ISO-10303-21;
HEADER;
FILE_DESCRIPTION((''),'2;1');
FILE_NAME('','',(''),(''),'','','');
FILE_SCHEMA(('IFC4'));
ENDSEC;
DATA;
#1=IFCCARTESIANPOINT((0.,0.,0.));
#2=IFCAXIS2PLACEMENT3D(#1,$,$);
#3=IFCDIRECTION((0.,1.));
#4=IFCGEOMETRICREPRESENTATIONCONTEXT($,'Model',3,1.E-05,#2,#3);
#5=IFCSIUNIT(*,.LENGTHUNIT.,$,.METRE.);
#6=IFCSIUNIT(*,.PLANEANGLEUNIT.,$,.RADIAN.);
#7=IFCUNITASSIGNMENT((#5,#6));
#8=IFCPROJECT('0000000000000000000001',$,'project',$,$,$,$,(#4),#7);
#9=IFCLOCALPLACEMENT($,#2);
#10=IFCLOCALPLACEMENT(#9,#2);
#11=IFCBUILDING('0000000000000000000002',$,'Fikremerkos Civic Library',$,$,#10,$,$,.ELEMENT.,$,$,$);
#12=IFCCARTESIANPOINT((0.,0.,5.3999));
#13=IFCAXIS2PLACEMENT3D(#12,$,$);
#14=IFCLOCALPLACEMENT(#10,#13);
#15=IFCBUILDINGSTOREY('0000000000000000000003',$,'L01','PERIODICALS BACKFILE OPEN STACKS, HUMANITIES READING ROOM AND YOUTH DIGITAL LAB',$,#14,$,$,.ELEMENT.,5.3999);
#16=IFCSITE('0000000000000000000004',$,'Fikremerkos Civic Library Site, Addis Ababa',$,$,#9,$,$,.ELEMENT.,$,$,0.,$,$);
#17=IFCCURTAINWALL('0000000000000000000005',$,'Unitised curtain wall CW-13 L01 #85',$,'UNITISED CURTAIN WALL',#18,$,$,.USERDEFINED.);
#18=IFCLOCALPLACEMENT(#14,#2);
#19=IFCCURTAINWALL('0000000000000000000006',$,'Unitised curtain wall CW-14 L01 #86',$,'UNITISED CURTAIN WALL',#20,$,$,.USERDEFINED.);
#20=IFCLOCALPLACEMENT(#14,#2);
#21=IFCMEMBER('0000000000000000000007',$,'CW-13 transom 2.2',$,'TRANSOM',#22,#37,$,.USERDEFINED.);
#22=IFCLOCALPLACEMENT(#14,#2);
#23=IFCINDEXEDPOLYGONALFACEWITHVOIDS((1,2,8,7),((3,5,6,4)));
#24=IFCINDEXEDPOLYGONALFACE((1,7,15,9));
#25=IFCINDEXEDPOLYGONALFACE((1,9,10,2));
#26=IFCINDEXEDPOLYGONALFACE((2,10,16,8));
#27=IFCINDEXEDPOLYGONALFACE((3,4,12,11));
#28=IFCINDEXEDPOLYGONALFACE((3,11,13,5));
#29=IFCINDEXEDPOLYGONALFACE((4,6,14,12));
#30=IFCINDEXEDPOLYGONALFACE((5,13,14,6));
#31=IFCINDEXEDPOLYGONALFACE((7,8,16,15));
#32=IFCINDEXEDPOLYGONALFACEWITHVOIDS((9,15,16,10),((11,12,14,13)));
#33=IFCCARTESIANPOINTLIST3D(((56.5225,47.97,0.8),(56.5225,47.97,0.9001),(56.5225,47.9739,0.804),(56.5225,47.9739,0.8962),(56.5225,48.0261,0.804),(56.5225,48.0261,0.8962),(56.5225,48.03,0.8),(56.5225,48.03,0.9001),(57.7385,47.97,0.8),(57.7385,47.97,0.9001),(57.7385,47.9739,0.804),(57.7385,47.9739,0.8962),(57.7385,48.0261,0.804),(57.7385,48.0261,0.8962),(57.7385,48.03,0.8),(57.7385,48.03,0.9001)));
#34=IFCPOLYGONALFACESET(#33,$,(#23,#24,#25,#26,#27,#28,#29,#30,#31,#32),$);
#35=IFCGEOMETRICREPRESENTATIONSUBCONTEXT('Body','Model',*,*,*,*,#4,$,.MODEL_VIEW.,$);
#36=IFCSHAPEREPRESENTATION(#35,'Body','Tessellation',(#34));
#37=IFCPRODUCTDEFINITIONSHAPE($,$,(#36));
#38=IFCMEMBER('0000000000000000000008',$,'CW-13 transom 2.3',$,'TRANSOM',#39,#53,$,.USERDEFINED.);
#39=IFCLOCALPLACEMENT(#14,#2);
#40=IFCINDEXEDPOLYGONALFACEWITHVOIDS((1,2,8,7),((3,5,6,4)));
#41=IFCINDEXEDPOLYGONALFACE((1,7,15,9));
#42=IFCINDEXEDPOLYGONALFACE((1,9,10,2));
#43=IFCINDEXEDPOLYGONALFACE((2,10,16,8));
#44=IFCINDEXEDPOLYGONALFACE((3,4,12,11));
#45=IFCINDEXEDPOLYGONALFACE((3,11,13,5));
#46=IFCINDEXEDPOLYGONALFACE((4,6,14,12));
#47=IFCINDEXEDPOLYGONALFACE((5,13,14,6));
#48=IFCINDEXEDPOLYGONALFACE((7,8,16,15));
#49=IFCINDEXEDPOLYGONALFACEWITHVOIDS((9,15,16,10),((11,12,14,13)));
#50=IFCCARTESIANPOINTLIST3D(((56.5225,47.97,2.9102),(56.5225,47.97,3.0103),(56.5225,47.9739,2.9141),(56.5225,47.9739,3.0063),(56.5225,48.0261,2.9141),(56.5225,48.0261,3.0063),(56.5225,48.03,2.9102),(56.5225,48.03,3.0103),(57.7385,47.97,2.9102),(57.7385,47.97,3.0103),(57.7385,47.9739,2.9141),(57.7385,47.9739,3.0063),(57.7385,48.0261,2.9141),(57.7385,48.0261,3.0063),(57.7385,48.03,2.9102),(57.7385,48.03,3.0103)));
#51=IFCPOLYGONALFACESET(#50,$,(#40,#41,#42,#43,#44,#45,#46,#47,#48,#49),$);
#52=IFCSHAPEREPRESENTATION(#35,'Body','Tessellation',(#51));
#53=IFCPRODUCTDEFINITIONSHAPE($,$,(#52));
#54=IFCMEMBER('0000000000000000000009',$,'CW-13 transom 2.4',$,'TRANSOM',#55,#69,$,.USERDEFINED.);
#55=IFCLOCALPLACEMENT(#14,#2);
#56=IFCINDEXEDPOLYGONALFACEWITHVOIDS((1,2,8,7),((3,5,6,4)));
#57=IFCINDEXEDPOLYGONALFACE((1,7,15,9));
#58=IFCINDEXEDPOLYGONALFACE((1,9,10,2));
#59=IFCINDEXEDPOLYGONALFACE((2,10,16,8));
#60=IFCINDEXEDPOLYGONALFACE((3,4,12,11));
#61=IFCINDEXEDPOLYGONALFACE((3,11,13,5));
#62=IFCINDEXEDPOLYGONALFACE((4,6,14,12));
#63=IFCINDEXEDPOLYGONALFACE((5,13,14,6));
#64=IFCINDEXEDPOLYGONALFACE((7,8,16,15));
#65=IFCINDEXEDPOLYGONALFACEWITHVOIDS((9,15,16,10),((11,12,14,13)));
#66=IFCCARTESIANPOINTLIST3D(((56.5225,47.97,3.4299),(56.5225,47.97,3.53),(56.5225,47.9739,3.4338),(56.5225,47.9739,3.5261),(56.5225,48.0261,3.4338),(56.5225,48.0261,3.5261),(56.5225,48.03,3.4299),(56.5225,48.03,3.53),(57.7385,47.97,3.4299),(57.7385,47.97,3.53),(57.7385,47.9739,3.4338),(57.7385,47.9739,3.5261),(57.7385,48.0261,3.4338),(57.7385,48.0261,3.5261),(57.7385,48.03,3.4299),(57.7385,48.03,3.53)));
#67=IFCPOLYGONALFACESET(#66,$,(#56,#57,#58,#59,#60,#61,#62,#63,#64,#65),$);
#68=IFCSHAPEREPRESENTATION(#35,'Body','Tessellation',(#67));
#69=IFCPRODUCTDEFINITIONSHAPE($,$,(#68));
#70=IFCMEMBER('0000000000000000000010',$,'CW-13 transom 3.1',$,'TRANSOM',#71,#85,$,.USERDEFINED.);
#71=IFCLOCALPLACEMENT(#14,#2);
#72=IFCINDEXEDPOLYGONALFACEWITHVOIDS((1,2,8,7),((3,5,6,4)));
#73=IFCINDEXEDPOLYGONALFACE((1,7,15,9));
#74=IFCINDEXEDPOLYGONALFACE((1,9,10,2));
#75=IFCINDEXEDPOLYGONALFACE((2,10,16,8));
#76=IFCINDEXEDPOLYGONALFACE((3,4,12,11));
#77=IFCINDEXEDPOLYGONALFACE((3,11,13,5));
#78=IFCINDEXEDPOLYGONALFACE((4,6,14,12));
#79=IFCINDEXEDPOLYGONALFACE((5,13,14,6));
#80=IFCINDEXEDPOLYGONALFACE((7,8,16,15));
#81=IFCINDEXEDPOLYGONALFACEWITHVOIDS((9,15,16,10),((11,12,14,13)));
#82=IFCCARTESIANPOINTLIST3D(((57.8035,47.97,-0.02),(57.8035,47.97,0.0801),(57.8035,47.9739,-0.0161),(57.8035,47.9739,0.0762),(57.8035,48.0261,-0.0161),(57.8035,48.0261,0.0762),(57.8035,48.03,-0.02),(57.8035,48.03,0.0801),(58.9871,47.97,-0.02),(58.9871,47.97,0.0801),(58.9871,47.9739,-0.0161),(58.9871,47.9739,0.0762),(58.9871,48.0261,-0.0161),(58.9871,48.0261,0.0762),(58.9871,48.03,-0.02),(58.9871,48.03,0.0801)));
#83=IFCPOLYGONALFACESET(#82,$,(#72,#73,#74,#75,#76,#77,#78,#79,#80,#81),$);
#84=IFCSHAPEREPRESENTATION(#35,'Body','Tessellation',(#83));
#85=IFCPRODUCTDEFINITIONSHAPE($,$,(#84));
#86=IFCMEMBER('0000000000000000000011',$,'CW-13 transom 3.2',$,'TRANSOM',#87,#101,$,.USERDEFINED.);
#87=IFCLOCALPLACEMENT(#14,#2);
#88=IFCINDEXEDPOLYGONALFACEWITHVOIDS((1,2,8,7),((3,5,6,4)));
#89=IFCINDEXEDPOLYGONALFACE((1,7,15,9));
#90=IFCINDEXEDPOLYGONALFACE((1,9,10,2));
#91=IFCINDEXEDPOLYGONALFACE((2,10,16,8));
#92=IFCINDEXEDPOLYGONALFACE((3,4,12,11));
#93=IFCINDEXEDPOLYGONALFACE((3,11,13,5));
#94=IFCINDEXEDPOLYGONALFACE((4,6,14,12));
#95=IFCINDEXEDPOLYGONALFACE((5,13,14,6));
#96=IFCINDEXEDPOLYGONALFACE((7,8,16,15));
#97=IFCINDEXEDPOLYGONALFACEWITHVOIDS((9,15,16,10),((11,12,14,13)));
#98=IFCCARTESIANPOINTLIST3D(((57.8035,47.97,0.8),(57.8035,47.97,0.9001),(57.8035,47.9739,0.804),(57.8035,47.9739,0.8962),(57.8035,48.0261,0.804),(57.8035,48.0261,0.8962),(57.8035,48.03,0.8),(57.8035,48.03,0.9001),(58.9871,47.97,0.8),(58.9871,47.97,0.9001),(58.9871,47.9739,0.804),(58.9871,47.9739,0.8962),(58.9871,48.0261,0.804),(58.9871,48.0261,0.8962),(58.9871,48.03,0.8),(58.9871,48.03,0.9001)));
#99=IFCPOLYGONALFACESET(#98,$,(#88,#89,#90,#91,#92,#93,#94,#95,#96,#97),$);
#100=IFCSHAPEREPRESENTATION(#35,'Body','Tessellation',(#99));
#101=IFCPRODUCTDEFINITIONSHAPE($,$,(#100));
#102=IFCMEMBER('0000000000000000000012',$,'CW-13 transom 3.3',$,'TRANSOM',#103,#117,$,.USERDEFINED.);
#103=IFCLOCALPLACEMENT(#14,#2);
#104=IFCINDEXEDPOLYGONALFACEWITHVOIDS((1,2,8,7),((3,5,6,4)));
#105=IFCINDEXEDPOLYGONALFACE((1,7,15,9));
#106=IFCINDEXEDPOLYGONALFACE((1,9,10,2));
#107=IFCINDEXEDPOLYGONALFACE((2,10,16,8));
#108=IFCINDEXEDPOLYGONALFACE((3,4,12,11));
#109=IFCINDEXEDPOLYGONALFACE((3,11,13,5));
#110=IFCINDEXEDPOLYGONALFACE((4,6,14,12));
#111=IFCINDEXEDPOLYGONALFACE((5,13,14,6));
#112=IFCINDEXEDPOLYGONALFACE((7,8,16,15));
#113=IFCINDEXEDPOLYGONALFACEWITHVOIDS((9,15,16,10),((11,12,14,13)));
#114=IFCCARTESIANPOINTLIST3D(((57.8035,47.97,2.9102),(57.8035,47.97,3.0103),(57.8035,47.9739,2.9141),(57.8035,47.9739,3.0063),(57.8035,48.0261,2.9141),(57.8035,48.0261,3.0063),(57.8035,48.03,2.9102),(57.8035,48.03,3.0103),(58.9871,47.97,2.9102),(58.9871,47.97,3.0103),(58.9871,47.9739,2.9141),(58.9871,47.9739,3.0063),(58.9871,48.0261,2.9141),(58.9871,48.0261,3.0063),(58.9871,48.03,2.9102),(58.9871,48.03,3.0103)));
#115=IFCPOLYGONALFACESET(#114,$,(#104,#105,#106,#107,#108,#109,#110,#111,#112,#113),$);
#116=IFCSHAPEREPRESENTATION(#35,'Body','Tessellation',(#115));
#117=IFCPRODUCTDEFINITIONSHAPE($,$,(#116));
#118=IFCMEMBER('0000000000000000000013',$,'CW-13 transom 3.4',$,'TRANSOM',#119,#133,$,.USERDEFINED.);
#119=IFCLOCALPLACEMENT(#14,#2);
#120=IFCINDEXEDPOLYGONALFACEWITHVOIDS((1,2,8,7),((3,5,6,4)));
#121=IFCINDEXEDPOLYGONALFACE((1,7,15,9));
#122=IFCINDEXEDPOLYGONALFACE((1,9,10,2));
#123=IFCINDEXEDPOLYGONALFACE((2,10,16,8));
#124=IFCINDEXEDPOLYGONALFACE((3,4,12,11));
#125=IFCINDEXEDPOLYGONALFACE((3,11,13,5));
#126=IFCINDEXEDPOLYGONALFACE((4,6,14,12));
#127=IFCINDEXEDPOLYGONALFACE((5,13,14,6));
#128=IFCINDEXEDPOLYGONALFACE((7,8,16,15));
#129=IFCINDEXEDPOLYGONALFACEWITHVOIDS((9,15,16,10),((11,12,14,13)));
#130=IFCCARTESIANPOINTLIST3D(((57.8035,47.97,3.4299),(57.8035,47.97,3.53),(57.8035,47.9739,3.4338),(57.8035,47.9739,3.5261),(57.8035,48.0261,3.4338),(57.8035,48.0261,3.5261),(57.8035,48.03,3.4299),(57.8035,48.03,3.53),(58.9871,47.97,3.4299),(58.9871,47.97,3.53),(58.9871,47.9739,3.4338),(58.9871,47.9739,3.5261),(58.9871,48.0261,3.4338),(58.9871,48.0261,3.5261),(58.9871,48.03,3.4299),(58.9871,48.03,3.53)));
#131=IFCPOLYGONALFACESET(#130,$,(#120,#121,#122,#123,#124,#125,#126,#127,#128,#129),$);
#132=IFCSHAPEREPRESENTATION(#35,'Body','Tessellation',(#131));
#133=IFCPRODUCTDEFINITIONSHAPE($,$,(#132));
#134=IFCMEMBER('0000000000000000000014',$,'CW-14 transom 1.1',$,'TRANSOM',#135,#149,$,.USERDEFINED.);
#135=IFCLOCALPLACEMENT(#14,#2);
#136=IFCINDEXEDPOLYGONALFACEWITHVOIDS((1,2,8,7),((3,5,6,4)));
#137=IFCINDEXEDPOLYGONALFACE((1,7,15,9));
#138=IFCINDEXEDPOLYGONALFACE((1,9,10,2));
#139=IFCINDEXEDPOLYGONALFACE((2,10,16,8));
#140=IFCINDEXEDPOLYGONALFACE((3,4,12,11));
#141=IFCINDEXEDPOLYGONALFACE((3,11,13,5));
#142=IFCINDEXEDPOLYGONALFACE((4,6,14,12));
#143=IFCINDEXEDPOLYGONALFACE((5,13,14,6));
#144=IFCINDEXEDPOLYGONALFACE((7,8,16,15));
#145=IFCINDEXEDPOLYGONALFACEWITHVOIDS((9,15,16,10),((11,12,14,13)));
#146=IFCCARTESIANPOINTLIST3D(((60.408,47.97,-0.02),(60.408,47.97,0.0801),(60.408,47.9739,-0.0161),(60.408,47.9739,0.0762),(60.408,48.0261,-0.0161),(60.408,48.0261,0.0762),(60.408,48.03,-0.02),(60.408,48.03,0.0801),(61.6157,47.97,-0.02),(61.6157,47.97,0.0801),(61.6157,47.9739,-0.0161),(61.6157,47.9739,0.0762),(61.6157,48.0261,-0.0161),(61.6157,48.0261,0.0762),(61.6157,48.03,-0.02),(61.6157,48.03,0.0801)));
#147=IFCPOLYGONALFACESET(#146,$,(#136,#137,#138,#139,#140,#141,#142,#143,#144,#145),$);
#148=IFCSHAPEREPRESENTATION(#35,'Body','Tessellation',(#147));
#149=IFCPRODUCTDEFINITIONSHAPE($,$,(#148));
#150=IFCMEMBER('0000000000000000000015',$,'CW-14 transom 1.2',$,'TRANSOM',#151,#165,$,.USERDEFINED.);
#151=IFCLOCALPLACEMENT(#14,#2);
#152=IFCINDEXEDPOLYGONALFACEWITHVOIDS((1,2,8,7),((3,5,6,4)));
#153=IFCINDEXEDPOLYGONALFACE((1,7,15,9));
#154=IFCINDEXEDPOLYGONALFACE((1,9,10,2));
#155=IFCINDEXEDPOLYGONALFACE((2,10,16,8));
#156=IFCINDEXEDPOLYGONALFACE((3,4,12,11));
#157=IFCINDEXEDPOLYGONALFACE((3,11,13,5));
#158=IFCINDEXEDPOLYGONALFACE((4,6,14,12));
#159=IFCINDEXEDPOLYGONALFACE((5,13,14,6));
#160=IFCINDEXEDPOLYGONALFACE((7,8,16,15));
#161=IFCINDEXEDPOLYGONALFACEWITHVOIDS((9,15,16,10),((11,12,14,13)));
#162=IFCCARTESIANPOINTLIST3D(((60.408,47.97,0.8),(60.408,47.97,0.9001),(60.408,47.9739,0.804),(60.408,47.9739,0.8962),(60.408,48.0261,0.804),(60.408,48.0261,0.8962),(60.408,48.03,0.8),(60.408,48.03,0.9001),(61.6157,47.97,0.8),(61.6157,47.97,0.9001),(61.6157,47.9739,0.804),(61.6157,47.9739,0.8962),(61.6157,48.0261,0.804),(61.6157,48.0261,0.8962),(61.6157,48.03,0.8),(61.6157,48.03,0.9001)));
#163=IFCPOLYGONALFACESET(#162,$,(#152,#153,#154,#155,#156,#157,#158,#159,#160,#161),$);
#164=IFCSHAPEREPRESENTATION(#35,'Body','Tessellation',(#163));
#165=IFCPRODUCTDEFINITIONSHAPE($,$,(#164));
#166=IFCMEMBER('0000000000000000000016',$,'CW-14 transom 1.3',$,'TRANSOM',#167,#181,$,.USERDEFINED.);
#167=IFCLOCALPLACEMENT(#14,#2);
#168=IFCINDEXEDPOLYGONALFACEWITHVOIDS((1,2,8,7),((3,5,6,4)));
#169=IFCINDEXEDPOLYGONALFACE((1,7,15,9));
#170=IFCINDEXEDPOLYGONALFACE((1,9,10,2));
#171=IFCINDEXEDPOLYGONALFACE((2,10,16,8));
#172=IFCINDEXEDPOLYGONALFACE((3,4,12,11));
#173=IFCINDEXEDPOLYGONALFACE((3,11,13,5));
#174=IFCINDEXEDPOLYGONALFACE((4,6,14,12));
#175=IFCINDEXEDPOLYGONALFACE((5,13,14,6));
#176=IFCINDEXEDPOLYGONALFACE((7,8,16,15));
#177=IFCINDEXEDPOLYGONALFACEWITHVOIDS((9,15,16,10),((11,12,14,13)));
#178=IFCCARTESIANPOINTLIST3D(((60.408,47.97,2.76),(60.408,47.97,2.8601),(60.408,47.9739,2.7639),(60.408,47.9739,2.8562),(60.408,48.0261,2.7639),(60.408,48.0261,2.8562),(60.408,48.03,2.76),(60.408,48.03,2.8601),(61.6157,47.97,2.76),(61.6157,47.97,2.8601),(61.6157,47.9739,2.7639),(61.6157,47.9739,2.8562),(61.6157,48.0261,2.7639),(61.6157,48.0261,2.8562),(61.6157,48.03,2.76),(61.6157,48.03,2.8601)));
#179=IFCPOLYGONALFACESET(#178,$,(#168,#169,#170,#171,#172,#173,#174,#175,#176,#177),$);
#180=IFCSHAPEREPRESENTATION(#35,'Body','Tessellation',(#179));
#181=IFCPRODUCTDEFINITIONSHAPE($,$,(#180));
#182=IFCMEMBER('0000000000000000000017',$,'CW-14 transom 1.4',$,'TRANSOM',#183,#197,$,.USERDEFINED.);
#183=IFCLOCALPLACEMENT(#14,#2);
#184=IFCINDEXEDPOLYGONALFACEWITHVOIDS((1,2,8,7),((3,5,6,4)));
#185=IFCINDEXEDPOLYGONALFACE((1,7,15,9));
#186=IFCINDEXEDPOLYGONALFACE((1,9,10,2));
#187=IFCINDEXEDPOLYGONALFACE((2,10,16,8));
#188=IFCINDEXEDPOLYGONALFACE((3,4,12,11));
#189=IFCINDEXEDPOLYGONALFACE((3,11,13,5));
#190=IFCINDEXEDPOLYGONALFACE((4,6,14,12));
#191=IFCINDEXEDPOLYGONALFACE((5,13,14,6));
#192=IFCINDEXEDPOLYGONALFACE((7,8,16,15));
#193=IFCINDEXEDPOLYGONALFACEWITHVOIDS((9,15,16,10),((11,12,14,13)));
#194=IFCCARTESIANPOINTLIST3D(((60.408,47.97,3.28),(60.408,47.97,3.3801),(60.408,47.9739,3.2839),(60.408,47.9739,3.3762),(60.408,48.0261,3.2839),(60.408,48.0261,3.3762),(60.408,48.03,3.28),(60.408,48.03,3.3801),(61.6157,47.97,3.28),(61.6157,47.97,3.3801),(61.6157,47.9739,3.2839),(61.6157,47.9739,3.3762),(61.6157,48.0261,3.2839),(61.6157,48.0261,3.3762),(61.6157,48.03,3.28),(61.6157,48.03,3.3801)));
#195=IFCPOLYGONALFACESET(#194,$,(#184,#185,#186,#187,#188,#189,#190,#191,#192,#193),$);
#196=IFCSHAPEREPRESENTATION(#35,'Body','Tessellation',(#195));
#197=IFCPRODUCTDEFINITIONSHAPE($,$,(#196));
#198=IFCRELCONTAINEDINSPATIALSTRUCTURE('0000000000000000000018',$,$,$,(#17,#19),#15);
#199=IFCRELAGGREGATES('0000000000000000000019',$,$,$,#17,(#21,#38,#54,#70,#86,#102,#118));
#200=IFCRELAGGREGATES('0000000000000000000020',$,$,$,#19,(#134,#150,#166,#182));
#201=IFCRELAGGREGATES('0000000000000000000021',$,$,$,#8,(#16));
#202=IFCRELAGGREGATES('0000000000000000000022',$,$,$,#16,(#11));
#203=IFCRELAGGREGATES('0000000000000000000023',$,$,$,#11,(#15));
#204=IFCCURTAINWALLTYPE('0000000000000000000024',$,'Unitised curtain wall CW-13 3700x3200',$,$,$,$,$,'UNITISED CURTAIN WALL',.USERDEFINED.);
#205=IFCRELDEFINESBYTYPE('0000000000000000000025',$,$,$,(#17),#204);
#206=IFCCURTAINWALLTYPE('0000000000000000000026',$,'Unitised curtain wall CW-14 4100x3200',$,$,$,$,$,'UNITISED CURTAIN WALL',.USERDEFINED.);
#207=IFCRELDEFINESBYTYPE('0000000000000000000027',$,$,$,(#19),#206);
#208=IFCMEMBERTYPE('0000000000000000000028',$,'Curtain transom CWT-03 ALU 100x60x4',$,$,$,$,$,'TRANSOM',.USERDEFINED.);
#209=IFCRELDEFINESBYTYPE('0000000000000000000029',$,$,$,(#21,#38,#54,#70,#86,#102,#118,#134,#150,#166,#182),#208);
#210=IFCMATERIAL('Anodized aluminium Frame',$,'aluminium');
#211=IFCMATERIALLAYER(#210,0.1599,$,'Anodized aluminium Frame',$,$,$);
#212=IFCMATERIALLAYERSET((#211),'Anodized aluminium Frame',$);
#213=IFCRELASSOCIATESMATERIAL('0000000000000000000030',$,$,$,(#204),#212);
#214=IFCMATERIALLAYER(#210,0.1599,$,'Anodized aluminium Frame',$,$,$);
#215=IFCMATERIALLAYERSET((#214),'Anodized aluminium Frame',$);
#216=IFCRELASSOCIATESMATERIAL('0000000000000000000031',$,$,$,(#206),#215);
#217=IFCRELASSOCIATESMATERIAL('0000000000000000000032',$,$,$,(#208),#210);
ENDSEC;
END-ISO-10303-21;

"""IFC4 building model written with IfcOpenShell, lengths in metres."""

from ifc_helpers import new_model, si_unit, direction, frame, origin, origin_2d, place, context, subcontext, project, spatial, hollow_rectangle, extrude, material, layer, layer_set, material_profile, profile_set, type_object, element, aggregate, save


model = new_model("IFC4")

# Units and contexts
model_context = context("Model", 3, precision=1e-05, world=origin(), true_north=direction((0.0, 1.0)))
body_context = subcontext(model_context, "Body", "Model", "MODEL_VIEW")
ifc_project = project(units=[si_unit("LENGTHUNIT", "METRE"), si_unit("PLANEANGLEUNIT", "RADIAN")], contexts=[model_context])

# Site, building, storey
site_placement = place(None, origin())
site = spatial("IfcSite", under=ifc_project, at=site_placement, Name="Fikremerkos Civic Library Site, Addis Ababa", CompositionType="ELEMENT", RefElevation=0.0)
building_placement = place(site_placement, origin())
building = spatial("IfcBuilding", under=site, at=building_placement, Name="Fikremerkos Civic Library", CompositionType="ELEMENT")
storey_placement = place(building_placement, frame((0.0, 0.0, 5.3999)))
storey = spatial("IfcBuildingStorey", under=building, at=storey_placement, Name="L01", Description="PERIODICALS BACKFILE OPEN STACKS, HUMANITIES READING ROOM AND YOUTH DIGITAL LAB", CompositionType="ELEMENT", Elevation=5.3999)

# Curtain wall
ifc_material_1 = material(Name="Anodized aluminium Frame", Category="aluminium")
ifc_layer_1 = layer(ifc_material_1, 0.1599, Name="Anodized aluminium Frame")
ifc_layer_set_1 = layer_set([ifc_layer_1], Name="Anodized aluminium Frame")
curtain_wall_type_1 = type_object("IfcCurtainWallType", Name="Unitised curtain wall CW-13 3700x3200", ElementType="UNITISED CURTAIN WALL", PredefinedType="USERDEFINED", material=ifc_layer_set_1)
curtain_wall_1_placement = place(storey_placement, origin())
curtain_wall_1 = element("IfcCurtainWall", 1, at=curtain_wall_1_placement, inside=storey, type_object=curtain_wall_type_1, Name="Unitised curtain wall CW-13 L01 #85", ObjectType="UNITISED CURTAIN WALL", PredefinedType="USERDEFINED")

# Curtain wall
ifc_layer_2 = layer(ifc_material_1, 0.1599, Name="Anodized aluminium Frame")
ifc_layer_set_2 = layer_set([ifc_layer_2], Name="Anodized aluminium Frame")
curtain_wall_type_2 = type_object("IfcCurtainWallType", Name="Unitised curtain wall CW-14 4100x3200", ElementType="UNITISED CURTAIN WALL", PredefinedType="USERDEFINED", material=ifc_layer_set_2)
curtain_wall_2_placement = place(storey_placement, origin())
curtain_wall_2 = element("IfcCurtainWall", 2, at=curtain_wall_2_placement, inside=storey, type_object=curtain_wall_type_2, Name="Unitised curtain wall CW-14 L01 #86", ObjectType="UNITISED CURTAIN WALL", PredefinedType="USERDEFINED")

# Members
ifc_material_profile_1 = material_profile(ifc_material_1, hollow_rectangle(XDim=0.0601, YDim=0.1001, WallThickness=0.0039, at=origin_2d()), Name="ALU 100x60x4")
ifc_profile_set_1 = profile_set([ifc_material_profile_1], Name="Anodized aluminium Frame")
member_type_1 = type_object("IfcMemberType", Name="Curtain transom CWT-03 ALU 100x60x4", ElementType="TRANSOM", PredefinedType="USERDEFINED", material=ifc_profile_set_1)
member_1_placement = place(storey_placement, frame((56.5225, 48.0, 0.8501), z_axis=(1.0, 0.0, 0.0), x_axis=(0.0, 1.0, 0.0)))
member_1 = element("IfcMember", 3, at=member_1_placement, type_object=member_type_1, Name="CW-13 transom 2.2", ObjectType="TRANSOM", PredefinedType="USERDEFINED", context=body_context, shape_type="SweptSolid", body=[
    extrude(hollow_rectangle(XDim=0.0601, YDim=0.1001, WallThickness=0.0039, at=origin_2d()), origin(), (0.0, 0.0, 1.0), 1.2161),
])
member_2_placement = place(storey_placement, frame((56.5225, 48.0, 2.9602), z_axis=(1.0, 0.0, 0.0), x_axis=(0.0, 1.0, 0.0)))
member_2 = element("IfcMember", 4, at=member_2_placement, type_object=member_type_1, Name="CW-13 transom 2.3", ObjectType="TRANSOM", PredefinedType="USERDEFINED", context=body_context, shape_type="SweptSolid", body=[
    extrude(hollow_rectangle(XDim=0.0601, YDim=0.1001, WallThickness=0.0039, at=origin_2d()), origin(), (0.0, 0.0, 1.0), 1.2161),
])
member_3_placement = place(storey_placement, frame((56.5225, 48.0, 3.48), z_axis=(1.0, 0.0, 0.0), x_axis=(0.0, 1.0, 0.0)))
member_3 = element("IfcMember", 5, at=member_3_placement, type_object=member_type_1, Name="CW-13 transom 2.4", ObjectType="TRANSOM", PredefinedType="USERDEFINED", context=body_context, shape_type="SweptSolid", body=[
    extrude(hollow_rectangle(XDim=0.0601, YDim=0.1001, WallThickness=0.0039, at=origin_2d()), origin(), (0.0, 0.0, 1.0), 1.2161),
])
member_4_placement = place(storey_placement, frame((57.8035, 48.0, 0.03), z_axis=(1.0, 0.0, 0.0), x_axis=(0.0, 1.0, 0.0)))
member_4 = element("IfcMember", 6, at=member_4_placement, type_object=member_type_1, Name="CW-13 transom 3.1", ObjectType="TRANSOM", PredefinedType="USERDEFINED", context=body_context, shape_type="SweptSolid", body=[
    extrude(hollow_rectangle(XDim=0.0601, YDim=0.1001, WallThickness=0.0039, at=origin_2d()), origin(), (0.0, 0.0, 1.0), 1.1836),
])
member_5_placement = place(storey_placement, frame((57.8035, 48.0, 0.8501), z_axis=(1.0, 0.0, 0.0), x_axis=(0.0, 1.0, 0.0)))
member_5 = element("IfcMember", 7, at=member_5_placement, type_object=member_type_1, Name="CW-13 transom 3.2", ObjectType="TRANSOM", PredefinedType="USERDEFINED", context=body_context, shape_type="SweptSolid", body=[
    extrude(hollow_rectangle(XDim=0.0601, YDim=0.1001, WallThickness=0.0039, at=origin_2d()), origin(), (0.0, 0.0, 1.0), 1.1836),
])
member_6_placement = place(storey_placement, frame((57.8035, 48.0, 2.9602), z_axis=(1.0, 0.0, 0.0), x_axis=(0.0, 1.0, 0.0)))
member_6 = element("IfcMember", 8, at=member_6_placement, type_object=member_type_1, Name="CW-13 transom 3.3", ObjectType="TRANSOM", PredefinedType="USERDEFINED", context=body_context, shape_type="SweptSolid", body=[
    extrude(hollow_rectangle(XDim=0.0601, YDim=0.1001, WallThickness=0.0039, at=origin_2d()), origin(), (0.0, 0.0, 1.0), 1.1836),
])
member_7_placement = place(storey_placement, frame((57.8035, 48.0, 3.48), z_axis=(1.0, 0.0, 0.0), x_axis=(0.0, 1.0, 0.0)))
member_7 = element("IfcMember", 9, at=member_7_placement, type_object=member_type_1, Name="CW-13 transom 3.4", ObjectType="TRANSOM", PredefinedType="USERDEFINED", context=body_context, shape_type="SweptSolid", body=[
    extrude(hollow_rectangle(XDim=0.0601, YDim=0.1001, WallThickness=0.0039, at=origin_2d()), origin(), (0.0, 0.0, 1.0), 1.1836),
])
member_8_placement = place(storey_placement, frame((60.408, 48.0, 0.03), z_axis=(1.0, 0.0, 0.0), x_axis=(0.0, 1.0, 0.0)))
member_8 = element("IfcMember", 10, at=member_8_placement, type_object=member_type_1, Name="CW-14 transom 1.1", ObjectType="TRANSOM", PredefinedType="USERDEFINED", context=body_context, shape_type="SweptSolid", body=[
    extrude(hollow_rectangle(XDim=0.0601, YDim=0.1001, WallThickness=0.0039, at=origin_2d()), origin(), (0.0, 0.0, 1.0), 1.2078),
])
member_9_placement = place(storey_placement, frame((60.408, 48.0, 0.8501), z_axis=(1.0, 0.0, 0.0), x_axis=(0.0, 1.0, 0.0)))
member_9 = element("IfcMember", 11, at=member_9_placement, type_object=member_type_1, Name="CW-14 transom 1.2", ObjectType="TRANSOM", PredefinedType="USERDEFINED", context=body_context, shape_type="SweptSolid", body=[
    extrude(hollow_rectangle(XDim=0.0601, YDim=0.1001, WallThickness=0.0039, at=origin_2d()), origin(), (0.0, 0.0, 1.0), 1.2078),
])
member_10_placement = place(storey_placement, frame((60.408, 48.0, 2.8101), z_axis=(1.0, 0.0, 0.0), x_axis=(0.0, 1.0, 0.0)))
member_10 = element("IfcMember", 12, at=member_10_placement, type_object=member_type_1, Name="CW-14 transom 1.3", ObjectType="TRANSOM", PredefinedType="USERDEFINED", context=body_context, shape_type="SweptSolid", body=[
    extrude(hollow_rectangle(XDim=0.0601, YDim=0.1001, WallThickness=0.0039, at=origin_2d()), origin(), (0.0, 0.0, 1.0), 1.2078),
])
member_11_placement = place(storey_placement, frame((60.408, 48.0, 3.3301), z_axis=(1.0, 0.0, 0.0), x_axis=(0.0, 1.0, 0.0)))
member_11 = element("IfcMember", 13, at=member_11_placement, type_object=member_type_1, Name="CW-14 transom 1.4", ObjectType="TRANSOM", PredefinedType="USERDEFINED", context=body_context, shape_type="SweptSolid", body=[
    extrude(hollow_rectangle(XDim=0.0601, YDim=0.1001, WallThickness=0.0039, at=origin_2d()), origin(), (0.0, 0.0, 1.0), 1.2078),
])

aggregate(curtain_wall_1, [member_1, member_2, member_3, member_4, member_5, member_6, member_7])
aggregate(curtain_wall_2, [member_8, member_9, member_10, member_11])

save(model, "model.ifc")
